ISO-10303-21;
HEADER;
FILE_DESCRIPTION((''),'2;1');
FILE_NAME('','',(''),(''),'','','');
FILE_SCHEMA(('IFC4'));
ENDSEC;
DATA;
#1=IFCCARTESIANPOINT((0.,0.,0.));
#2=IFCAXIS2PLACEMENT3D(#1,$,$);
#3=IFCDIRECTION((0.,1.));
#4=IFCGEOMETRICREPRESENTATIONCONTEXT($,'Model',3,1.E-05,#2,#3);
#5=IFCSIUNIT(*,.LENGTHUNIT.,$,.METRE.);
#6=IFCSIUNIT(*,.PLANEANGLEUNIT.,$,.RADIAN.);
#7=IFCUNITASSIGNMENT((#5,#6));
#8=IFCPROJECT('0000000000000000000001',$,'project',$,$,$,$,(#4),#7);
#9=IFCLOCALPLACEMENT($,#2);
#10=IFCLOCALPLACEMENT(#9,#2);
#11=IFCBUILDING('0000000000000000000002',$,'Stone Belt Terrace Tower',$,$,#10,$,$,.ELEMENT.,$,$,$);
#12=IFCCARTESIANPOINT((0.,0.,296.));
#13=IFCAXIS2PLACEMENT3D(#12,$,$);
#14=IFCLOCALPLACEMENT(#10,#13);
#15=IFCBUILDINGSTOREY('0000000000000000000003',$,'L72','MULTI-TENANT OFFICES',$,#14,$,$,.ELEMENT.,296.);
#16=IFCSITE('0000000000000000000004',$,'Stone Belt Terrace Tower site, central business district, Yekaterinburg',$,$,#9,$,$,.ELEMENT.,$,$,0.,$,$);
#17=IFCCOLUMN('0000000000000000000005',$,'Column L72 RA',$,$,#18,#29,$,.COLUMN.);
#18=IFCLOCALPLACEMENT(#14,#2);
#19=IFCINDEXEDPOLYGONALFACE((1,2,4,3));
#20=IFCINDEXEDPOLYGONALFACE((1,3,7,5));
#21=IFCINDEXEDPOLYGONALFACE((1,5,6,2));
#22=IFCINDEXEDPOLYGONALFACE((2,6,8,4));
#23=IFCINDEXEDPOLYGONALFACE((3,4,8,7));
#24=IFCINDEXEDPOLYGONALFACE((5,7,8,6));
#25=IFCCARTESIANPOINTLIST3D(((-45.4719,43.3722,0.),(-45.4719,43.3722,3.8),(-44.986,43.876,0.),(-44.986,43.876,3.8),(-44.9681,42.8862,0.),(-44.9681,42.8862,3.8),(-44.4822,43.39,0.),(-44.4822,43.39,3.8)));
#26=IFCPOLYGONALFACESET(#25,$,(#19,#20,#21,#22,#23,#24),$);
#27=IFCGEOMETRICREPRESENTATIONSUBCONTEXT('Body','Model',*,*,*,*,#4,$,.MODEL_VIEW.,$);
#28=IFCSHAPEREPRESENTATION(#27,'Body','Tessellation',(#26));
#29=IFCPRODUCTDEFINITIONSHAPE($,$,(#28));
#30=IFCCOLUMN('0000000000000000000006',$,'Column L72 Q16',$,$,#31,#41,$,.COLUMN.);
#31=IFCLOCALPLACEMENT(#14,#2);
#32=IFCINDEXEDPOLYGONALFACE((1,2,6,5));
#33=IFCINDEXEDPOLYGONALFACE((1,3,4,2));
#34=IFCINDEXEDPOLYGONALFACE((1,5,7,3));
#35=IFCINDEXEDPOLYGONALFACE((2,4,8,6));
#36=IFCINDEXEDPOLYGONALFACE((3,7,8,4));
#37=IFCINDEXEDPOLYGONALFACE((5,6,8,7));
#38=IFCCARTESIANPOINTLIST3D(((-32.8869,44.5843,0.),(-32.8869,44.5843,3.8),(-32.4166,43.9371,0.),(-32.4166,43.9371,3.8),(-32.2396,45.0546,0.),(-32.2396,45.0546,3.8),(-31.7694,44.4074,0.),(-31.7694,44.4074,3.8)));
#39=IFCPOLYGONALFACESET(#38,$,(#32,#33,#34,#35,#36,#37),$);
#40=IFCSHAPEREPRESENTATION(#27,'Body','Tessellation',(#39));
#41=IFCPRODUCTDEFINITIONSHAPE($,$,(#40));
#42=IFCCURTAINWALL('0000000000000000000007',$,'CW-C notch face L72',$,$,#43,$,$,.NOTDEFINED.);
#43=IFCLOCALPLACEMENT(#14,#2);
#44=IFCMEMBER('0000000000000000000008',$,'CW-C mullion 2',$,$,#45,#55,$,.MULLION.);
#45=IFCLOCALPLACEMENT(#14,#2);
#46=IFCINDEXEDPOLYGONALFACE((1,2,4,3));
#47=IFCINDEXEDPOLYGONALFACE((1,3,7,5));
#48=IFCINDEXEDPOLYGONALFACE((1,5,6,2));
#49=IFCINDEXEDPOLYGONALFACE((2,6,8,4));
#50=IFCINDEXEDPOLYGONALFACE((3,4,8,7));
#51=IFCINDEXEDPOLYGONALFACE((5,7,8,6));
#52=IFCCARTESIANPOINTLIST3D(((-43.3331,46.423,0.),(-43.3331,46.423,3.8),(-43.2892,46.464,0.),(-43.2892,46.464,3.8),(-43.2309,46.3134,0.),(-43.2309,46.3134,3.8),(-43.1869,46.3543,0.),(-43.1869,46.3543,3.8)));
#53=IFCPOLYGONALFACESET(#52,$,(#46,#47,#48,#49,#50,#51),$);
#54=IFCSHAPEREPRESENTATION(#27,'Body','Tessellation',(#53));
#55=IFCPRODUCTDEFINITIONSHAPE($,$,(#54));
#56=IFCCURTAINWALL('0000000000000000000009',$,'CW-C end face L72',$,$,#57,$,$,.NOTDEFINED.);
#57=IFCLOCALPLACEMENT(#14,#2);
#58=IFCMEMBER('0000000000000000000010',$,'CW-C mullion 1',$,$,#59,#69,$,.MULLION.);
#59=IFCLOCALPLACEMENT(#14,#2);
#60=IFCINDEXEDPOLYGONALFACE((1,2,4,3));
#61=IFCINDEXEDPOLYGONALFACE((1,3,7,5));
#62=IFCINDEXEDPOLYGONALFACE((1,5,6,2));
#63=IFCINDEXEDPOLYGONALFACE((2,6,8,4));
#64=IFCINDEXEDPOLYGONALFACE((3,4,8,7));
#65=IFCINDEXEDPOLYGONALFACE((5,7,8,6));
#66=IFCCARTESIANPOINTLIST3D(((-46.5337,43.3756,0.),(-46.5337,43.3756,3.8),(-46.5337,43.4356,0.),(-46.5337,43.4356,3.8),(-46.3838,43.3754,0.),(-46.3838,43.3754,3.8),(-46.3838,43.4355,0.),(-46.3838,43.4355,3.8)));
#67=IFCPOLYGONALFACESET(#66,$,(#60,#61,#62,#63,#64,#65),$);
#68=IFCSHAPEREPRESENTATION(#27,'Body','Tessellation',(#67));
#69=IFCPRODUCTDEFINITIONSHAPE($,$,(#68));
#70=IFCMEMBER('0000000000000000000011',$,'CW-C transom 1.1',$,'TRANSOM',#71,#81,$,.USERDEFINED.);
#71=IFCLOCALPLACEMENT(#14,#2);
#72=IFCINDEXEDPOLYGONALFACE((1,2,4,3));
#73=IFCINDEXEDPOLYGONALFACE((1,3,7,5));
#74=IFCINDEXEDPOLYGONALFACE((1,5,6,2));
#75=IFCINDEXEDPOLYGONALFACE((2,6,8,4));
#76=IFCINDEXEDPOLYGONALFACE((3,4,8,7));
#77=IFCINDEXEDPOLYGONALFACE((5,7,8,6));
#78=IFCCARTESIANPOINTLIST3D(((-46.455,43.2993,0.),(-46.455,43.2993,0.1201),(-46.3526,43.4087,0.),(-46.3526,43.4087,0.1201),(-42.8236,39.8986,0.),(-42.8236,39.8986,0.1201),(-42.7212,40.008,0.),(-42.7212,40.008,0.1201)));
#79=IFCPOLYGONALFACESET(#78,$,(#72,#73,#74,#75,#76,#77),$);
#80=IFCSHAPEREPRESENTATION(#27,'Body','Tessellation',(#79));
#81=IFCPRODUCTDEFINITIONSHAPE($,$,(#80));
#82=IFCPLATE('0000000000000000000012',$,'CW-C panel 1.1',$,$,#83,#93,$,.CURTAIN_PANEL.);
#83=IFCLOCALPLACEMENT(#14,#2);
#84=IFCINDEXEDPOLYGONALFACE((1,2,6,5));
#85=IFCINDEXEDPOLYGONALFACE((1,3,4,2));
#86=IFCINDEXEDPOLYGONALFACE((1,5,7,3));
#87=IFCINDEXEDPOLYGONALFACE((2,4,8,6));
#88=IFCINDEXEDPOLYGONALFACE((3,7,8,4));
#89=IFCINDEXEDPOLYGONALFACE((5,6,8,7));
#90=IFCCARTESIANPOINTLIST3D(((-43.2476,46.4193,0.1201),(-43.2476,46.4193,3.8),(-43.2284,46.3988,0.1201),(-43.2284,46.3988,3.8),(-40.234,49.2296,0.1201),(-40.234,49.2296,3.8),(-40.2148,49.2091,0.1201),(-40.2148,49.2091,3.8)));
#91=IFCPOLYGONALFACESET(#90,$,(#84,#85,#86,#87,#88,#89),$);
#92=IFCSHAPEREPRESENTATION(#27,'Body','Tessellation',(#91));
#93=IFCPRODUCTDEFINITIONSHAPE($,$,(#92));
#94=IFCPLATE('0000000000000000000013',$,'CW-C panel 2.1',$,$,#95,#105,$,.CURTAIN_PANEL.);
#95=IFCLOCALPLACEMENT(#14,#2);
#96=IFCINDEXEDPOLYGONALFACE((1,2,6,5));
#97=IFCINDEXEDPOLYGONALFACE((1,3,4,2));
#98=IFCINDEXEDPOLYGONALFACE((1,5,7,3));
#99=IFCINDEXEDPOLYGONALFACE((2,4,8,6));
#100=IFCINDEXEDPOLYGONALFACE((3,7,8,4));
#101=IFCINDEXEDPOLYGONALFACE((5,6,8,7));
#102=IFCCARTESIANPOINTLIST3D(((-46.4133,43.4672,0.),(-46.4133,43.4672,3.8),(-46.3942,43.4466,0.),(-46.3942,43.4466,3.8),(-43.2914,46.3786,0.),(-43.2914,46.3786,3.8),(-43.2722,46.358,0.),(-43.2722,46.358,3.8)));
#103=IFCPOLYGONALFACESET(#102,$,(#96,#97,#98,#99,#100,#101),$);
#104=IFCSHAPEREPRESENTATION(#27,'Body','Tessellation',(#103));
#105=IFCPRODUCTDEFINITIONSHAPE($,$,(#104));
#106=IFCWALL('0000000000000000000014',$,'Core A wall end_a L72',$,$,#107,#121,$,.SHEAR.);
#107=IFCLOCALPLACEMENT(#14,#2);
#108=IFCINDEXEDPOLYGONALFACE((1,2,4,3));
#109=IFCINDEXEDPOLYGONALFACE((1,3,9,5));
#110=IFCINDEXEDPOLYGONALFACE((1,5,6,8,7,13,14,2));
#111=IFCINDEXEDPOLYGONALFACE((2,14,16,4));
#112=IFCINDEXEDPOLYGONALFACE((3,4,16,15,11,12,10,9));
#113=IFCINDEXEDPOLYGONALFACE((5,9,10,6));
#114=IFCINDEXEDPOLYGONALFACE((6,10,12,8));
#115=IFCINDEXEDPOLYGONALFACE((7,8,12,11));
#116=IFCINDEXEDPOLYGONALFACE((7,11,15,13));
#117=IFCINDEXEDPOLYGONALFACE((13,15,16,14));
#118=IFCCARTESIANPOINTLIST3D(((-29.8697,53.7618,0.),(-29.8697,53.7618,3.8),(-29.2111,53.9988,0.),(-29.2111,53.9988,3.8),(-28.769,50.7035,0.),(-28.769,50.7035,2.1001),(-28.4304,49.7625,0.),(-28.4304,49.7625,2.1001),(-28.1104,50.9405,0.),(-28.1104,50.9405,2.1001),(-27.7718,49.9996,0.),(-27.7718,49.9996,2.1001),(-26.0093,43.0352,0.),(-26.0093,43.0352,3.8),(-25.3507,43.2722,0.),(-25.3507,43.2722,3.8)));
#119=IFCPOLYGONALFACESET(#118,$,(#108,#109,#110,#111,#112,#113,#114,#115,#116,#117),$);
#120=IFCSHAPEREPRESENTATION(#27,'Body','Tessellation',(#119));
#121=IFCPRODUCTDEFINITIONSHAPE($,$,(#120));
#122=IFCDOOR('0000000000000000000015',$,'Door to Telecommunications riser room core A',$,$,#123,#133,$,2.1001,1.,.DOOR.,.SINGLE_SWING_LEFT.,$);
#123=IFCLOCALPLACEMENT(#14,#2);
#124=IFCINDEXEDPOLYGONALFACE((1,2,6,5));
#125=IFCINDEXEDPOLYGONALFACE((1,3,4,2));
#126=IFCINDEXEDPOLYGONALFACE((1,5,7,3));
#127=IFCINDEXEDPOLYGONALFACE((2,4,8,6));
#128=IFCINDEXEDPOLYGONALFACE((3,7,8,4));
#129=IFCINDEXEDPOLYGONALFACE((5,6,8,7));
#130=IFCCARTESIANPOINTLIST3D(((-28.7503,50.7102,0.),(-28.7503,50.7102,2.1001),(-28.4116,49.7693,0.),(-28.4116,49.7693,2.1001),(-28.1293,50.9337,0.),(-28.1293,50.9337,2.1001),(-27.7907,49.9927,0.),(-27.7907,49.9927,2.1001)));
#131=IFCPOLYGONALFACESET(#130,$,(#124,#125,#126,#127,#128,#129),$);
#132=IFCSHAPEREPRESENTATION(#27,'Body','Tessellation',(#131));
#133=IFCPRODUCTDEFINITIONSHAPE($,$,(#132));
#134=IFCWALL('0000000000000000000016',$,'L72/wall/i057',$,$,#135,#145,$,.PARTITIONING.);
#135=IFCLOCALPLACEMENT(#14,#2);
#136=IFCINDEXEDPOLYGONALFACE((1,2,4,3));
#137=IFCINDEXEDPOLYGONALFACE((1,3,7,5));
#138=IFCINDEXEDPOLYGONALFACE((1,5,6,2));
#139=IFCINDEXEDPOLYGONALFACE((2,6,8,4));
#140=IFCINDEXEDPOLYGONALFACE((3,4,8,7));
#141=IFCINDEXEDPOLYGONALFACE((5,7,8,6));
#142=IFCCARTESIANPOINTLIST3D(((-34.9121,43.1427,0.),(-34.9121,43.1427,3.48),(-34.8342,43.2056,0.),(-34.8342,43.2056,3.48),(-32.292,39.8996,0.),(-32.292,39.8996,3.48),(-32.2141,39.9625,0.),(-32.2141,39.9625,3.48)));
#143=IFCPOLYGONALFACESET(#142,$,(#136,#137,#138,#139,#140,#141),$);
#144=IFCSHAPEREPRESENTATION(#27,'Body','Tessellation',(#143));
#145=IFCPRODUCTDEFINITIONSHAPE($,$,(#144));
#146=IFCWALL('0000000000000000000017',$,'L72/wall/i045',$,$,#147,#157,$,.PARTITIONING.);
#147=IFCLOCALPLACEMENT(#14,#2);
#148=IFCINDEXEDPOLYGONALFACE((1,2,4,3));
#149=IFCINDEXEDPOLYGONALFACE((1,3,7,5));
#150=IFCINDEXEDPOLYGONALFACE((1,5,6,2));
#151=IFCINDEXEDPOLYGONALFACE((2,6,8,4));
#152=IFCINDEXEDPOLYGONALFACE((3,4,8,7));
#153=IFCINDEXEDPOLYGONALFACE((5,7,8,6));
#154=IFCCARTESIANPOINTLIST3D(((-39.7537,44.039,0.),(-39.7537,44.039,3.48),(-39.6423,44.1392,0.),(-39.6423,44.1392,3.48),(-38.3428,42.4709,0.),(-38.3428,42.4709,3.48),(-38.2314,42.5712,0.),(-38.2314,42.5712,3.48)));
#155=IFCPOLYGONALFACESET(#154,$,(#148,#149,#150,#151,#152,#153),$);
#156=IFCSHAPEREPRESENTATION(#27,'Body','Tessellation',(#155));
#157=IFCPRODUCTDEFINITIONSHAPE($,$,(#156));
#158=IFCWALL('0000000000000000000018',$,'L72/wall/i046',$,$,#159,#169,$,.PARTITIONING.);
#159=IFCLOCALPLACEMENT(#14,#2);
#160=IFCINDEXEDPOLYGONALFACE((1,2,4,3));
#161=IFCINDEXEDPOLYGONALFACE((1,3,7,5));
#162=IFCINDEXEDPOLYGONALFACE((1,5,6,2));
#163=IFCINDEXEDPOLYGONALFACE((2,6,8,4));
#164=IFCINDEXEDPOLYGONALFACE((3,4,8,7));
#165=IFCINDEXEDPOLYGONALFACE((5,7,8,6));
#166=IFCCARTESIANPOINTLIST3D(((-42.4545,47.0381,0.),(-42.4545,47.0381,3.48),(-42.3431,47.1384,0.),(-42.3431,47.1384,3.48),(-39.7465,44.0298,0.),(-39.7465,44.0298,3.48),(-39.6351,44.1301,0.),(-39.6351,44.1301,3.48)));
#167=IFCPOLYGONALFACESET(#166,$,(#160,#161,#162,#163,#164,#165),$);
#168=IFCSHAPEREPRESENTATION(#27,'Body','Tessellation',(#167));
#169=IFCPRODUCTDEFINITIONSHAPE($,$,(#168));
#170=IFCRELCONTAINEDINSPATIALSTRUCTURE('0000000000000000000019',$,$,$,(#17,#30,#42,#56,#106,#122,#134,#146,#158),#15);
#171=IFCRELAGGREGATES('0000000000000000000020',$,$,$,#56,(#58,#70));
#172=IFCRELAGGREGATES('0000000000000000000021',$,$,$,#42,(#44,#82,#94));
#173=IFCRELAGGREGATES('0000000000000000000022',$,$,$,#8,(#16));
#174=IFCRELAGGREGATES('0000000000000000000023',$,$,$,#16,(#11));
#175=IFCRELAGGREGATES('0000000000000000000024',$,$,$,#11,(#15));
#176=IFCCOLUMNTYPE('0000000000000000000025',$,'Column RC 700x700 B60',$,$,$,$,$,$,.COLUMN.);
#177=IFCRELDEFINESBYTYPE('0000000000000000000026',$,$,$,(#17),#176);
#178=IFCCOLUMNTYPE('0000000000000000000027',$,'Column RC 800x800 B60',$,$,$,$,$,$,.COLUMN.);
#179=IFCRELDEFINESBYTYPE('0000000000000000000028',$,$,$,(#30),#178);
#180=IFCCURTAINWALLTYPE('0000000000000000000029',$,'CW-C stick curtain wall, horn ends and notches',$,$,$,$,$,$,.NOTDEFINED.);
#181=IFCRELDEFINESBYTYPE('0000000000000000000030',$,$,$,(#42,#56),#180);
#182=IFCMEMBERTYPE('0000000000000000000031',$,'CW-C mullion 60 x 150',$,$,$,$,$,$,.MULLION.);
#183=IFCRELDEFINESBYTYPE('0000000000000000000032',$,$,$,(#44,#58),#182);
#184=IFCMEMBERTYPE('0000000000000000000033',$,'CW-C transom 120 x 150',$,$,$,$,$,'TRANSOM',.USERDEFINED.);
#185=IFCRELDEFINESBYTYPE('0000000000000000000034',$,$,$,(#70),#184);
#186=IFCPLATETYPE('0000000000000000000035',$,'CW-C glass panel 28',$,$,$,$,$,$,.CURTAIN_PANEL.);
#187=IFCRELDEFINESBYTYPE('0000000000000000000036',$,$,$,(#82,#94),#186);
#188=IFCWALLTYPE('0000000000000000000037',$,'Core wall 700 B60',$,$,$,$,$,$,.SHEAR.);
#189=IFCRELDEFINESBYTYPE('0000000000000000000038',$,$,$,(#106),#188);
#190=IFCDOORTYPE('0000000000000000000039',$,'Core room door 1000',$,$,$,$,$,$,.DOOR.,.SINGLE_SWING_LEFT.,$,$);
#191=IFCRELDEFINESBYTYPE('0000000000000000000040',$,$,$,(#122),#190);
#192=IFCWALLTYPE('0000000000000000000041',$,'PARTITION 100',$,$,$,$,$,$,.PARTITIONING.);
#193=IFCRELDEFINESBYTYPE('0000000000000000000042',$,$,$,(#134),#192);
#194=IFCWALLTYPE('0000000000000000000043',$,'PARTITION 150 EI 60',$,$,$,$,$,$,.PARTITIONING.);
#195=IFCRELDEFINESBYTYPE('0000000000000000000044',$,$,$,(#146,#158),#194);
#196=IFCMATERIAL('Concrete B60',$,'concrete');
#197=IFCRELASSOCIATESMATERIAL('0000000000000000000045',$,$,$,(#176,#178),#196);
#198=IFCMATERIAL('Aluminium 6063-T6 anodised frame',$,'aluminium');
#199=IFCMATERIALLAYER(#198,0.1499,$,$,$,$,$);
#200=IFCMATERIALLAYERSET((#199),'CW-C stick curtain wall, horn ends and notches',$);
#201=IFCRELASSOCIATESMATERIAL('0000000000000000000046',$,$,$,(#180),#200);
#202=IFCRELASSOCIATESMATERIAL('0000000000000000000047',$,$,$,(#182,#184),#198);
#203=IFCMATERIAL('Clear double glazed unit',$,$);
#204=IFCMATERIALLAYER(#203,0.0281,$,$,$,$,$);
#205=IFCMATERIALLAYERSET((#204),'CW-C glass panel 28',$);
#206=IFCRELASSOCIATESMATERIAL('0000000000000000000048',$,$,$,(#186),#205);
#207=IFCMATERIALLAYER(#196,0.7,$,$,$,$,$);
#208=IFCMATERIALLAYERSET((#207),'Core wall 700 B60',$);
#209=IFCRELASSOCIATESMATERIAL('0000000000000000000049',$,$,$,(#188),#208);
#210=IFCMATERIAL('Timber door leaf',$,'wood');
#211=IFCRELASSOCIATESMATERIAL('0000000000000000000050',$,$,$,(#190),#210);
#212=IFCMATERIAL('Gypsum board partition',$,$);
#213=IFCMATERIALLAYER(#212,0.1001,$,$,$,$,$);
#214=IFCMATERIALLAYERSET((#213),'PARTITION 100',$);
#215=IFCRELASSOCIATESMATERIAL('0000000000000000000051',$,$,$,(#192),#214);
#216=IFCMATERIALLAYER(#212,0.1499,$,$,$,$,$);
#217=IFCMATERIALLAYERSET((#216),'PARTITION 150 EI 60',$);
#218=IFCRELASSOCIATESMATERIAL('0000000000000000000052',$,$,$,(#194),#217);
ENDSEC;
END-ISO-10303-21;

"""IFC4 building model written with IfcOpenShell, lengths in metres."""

from ifc_helpers import new_model, si_unit, direction, frame, frame_2d, origin, origin_2d, place, context, subcontext, project, spatial, rectangle, extrude, material, layer, layer_set, material_profile, profile_set, type_object, element, fill, aggregate, save


model = new_model("IFC4")

# Units and contexts
model_context = context("Model", 3, precision=1e-05, world=origin(), true_north=direction((0.0, 1.0)))
body_context = subcontext(model_context, "Body", "Model", "MODEL_VIEW")
ifc_project = project(units=[si_unit("LENGTHUNIT", "METRE"), si_unit("PLANEANGLEUNIT", "RADIAN")], contexts=[model_context])

# Site, building, storey
site_placement = place(None, origin())
site = spatial("IfcSite", under=ifc_project, at=site_placement, Name="Stone Belt Terrace Tower site, central business district, Yekaterinburg", CompositionType="ELEMENT", RefElevation=0.0)
building_placement = place(site_placement, origin())
building = spatial("IfcBuilding", under=site, at=building_placement, Name="Stone Belt Terrace Tower", CompositionType="ELEMENT")
storey_placement = place(building_placement, frame((0.0, 0.0, 296.0)))
storey = spatial("IfcBuildingStorey", under=building, at=storey_placement, Name="L72", Description="MULTI-TENANT OFFICES", CompositionType="ELEMENT", Elevation=296.0)

# Columns
ifc_material_1 = material(Name="Concrete B60", Category="concrete")
ifc_material_profile_1 = material_profile(ifc_material_1, rectangle(XDim=0.7, YDim=0.7, at=origin_2d()), Name="RC 700x700")
ifc_profile_set_1 = profile_set([ifc_material_profile_1], Name="Concrete B60")
column_type_1 = type_object("IfcColumnType", Name="Column RC 700x700 B60", PredefinedType="COLUMN", material=ifc_profile_set_1)
column_1_placement = place(storey_placement, frame((-44.9771, 43.3811, 0.0), z_axis=(0.0, 0.0, 1.0), x_axis=(0.694221, 0.719762, 0.0)))
element("IfcColumn", 1, at=column_1_placement, inside=storey, type_object=column_type_1, Name="Column L72 RA", PredefinedType="COLUMN", context=body_context, shape_type="SweptSolid", body=[
    extrude(rectangle(XDim=0.7, YDim=0.7, at=origin_2d()), origin(), (0.0, 0.0, 1.0), 3.8),
])
ifc_material_profile_2 = material_profile(ifc_material_1, rectangle(XDim=0.8, YDim=0.8, at=origin_2d()), Name="RC 800x800")
ifc_profile_set_2 = profile_set([ifc_material_profile_2], Name="Concrete B60")
column_type_2 = type_object("IfcColumnType", Name="Column RC 800x800 B60", PredefinedType="COLUMN", material=ifc_profile_set_2)
column_2_placement = place(storey_placement, frame((-32.3281, 44.4958, 0.0), z_axis=(0.0, 0.0, 1.0), x_axis=(0.809017, 0.587785, 0.0)))
element("IfcColumn", 2, at=column_2_placement, inside=storey, type_object=column_type_2, Name="Column L72 Q16", PredefinedType="COLUMN", context=body_context, shape_type="SweptSolid", body=[
    extrude(rectangle(XDim=0.8, YDim=0.8, at=origin_2d()), origin(), (0.0, 0.0, 1.0), 3.8),
])

# Curtain wall, member
ifc_material_2 = material(Name="Aluminium 6063-T6 anodised frame", Category="aluminium")
ifc_layer_1 = layer(ifc_material_2, 0.1499)
ifc_layer_set_1 = layer_set([ifc_layer_1], Name="CW-C stick curtain wall, horn ends and notches")
curtain_wall_type = type_object("IfcCurtainWallType", Name="CW-C stick curtain wall, horn ends and notches", PredefinedType="NOTDEFINED", material=ifc_layer_set_1)
curtain_wall_1_placement = place(storey_placement, origin())
curtain_wall_1 = element("IfcCurtainWall", 3, at=curtain_wall_1_placement, inside=storey, type_object=curtain_wall_type, Name="CW-C notch face L72", PredefinedType="NOTDEFINED")
ifc_material_profile_3 = material_profile(ifc_material_2, rectangle(XDim=0.1499, YDim=0.0601, at=origin_2d()), Name="Aluminium 6063-T6 60x150")
ifc_profile_set_3 = profile_set([ifc_material_profile_3], Name="Aluminium 6063-T6 anodised frame")
member_type_1 = type_object("IfcMemberType", Name="CW-C mullion 60 x 150", PredefinedType="MULLION", material=ifc_profile_set_3)
member_1_placement = place(storey_placement, frame((-43.26, 46.3887, 0.0), z_axis=(0.0, 0.0, 1.0), x_axis=(0.682014, -0.731339, 0.0)))
member_1 = element("IfcMember", 4, at=member_1_placement, type_object=member_type_1, Name="CW-C mullion 2", PredefinedType="MULLION", context=body_context, shape_type="SweptSolid", body=[
    extrude(rectangle(XDim=0.1499, YDim=0.0601, at=origin_2d()), origin(), (0.0, 0.0, 1.0), 3.8),
])

# Curtain wall, members
curtain_wall_2_placement = place(storey_placement, origin())
curtain_wall_2 = element("IfcCurtainWall", 5, at=curtain_wall_2_placement, inside=storey, type_object=curtain_wall_type, Name="CW-C end face L72", PredefinedType="NOTDEFINED")
member_2_placement = place(storey_placement, frame((-46.4587, 43.4055, 0.0), z_axis=(0.0, 0.0, 1.0), x_axis=(0.999999, -0.001051, 0.0)))
member_2 = element("IfcMember", 6, at=member_2_placement, type_object=member_type_1, Name="CW-C mullion 1", PredefinedType="MULLION", context=body_context, shape_type="SweptSolid", body=[
    extrude(rectangle(XDim=0.1499, YDim=0.0601, at=origin_2d()), origin(), (0.0, 0.0, 1.0), 3.8),
])
ifc_material_profile_4 = material_profile(ifc_material_2, rectangle(XDim=0.1499, YDim=0.1201, at=origin_2d()), Name="Aluminium 6063-T6 150x120")
ifc_profile_set_4 = profile_set([ifc_material_profile_4], Name="Aluminium 6063-T6 anodised frame")
member_type_2 = type_object("IfcMemberType", Name="CW-C transom 120 x 150", ElementType="TRANSOM", PredefinedType="USERDEFINED", material=ifc_profile_set_4)
member_3_placement = place(storey_placement, frame((-46.4038, 43.354, 0.0601), z_axis=(0.729914, -0.683539, 0.0), x_axis=(0.683539, 0.729914, 0.0)))
member_3 = element("IfcMember", 7, at=member_3_placement, type_object=member_type_2, Name="CW-C transom 1.1", ObjectType="TRANSOM", PredefinedType="USERDEFINED", context=body_context, shape_type="SweptSolid", body=[
    extrude(rectangle(XDim=0.1499, YDim=0.1201, at=origin_2d()), origin(), (0.0, 0.0, 1.0), 4.9751),
])
aggregate(curtain_wall_2, [member_2, member_3])

# Plates
ifc_material_3 = material(Name="Clear double glazed unit")
ifc_layer_2 = layer(ifc_material_3, 0.0281)
ifc_layer_set_2 = layer_set([ifc_layer_2], Name="CW-C glass panel 28")
plate_type = type_object("IfcPlateType", Name="CW-C glass panel 28", PredefinedType="CURTAIN_PANEL", material=ifc_layer_set_2)
plate_1_placement = place(storey_placement, frame((-41.7312, 47.8142, 0.1201), z_axis=(0.0, 0.0, 1.0), x_axis=(-0.731339, -0.682014, 0.0)))
plate_1 = element("IfcPlate", 8, at=plate_1_placement, type_object=plate_type, Name="CW-C panel 1.1", PredefinedType="CURTAIN_PANEL", context=body_context, shape_type="SweptSolid", body=[
    extrude(rectangle(XDim=4.1206, YDim=0.0281, at=origin_2d()), origin(), (0.0, 0.0, 1.0), 3.6799),
])
plate_2_placement = place(storey_placement, frame((-44.8428, 44.9126, 0.0), z_axis=(0.0, 0.0, 1.0), x_axis=(-0.731339, -0.682014, 0.0)))
plate_2 = element("IfcPlate", 9, at=plate_2_placement, type_object=plate_type, Name="CW-C panel 2.1", PredefinedType="CURTAIN_PANEL", context=body_context, shape_type="SweptSolid", body=[
    extrude(rectangle(XDim=4.2688, YDim=0.0281, at=origin_2d()), origin(), (0.0, 0.0, 1.0), 3.8),
])
aggregate(curtain_wall_1, [member_1, plate_1, plate_2])

# Wall, opening, door
ifc_layer_3 = layer(ifc_material_1, 0.7)
ifc_layer_set_3 = layer_set([ifc_layer_3], Name="Core wall 700 B60")
wall_type_1 = type_object("IfcWallType", Name="Core wall 700 B60", PredefinedType="SHEAR", material=ifc_layer_set_3)
wall_1_placement = place(storey_placement, frame((-25.6799, 43.1536, 0.0), z_axis=(0.0, 0.0, 1.0), x_axis=(-0.338625, 0.940921, 0.0)))
wall_1 = element("IfcWall", 10, at=wall_1_placement, inside=storey, type_object=wall_type_1, Name="Core A wall end_a L72", PredefinedType="SHEAR", context=body_context, shape_type="SweptSolid", body=[
    extrude(rectangle(XDim=11.4001, YDim=0.7, at=frame_2d((5.7002, 0.0))), origin(), (0.0, 0.0, 1.0), 3.8),
])
opening_1_placement = place(wall_1_placement, frame((7.1499, 0.0, 0.0)))
opening_1 = element("IfcOpeningElement", 11, at=opening_1_placement, cuts=wall_1, PredefinedType="OPENING", context=body_context, shape_type="SweptSolid", body=[
    extrude(rectangle(XDim=1.0, YDim=2.1001, at=frame_2d((0.5, 1.05))), frame((0.0, 0.3599, 0.0), z_axis=(0.0, -1.0, 0.0), x_axis=(1.0, 0.0, 0.0)), (0.0, 0.0, 1.0), 0.72),
])
ifc_material_4 = material(Name="Timber door leaf", Category="wood")
door_type_1 = type_object("IfcDoorType", Name="Core room door 1000", OperationType="SINGLE_SWING_LEFT", PredefinedType="DOOR", material=ifc_material_4)
door_1_placement = place(opening_1_placement, origin())
door_1 = element("IfcDoor", 12, at=door_1_placement, inside=storey, type_object=door_type_1, Name="Door to Telecommunications riser room core A", OperationType="SINGLE_SWING_LEFT", OverallHeight=2.1001, OverallWidth=1.0, PredefinedType="DOOR", context=body_context, shape_type="SweptSolid", body=[
    extrude(rectangle(XDim=1.0, YDim=2.1001, at=frame_2d((0.5, 1.05))), frame((0.0, 0.3301, 0.0), z_axis=(0.0, -1.0, 0.0), x_axis=(1.0, 0.0, 0.0)), (0.0, 0.0, 1.0), 0.6599),
])
fill(opening_1, door_1)

# Walls
ifc_material_5 = material(Name="Gypsum board partition")
ifc_layer_4 = layer(ifc_material_5, 0.1001)
ifc_layer_set_4 = layer_set([ifc_layer_4], Name="PARTITION 100")
wall_type_2 = type_object("IfcWallType", Name="PARTITION 100", PredefinedType="PARTITIONING", material=ifc_layer_set_4)
wall_2_placement = place(storey_placement, frame((-34.873, 43.1741, 0.0), z_axis=(0.0, 0.0, 1.0), x_axis=(0.62843, -0.777866, 0.0)))
element("IfcWall", 13, at=wall_2_placement, inside=storey, type_object=wall_type_2, Name="L72/wall/i057", PredefinedType="PARTITIONING", context=body_context, shape_type="SweptSolid", body=[
    extrude(rectangle(XDim=4.1692, YDim=0.1001, at=frame_2d((2.0845, 0.0))), origin(), (0.0, 0.0, 1.0), 3.48),
])
ifc_layer_5 = layer(ifc_material_5, 0.1499)
ifc_layer_set_5 = layer_set([ifc_layer_5], Name="PARTITION 150 EI 60")
wall_type_3 = type_object("IfcWallType", Name="PARTITION 150 EI 60", PredefinedType="PARTITIONING", material=ifc_layer_set_5)
wall_3_placement = place(storey_placement, frame((-39.698, 44.0891, 0.0), z_axis=(0.0, 0.0, 1.0), x_axis=(0.668856, -0.743392, 0.0)))
element("IfcWall", 14, at=wall_3_placement, inside=storey, type_object=wall_type_3, Name="L72/wall/i045", PredefinedType="PARTITIONING", context=body_context, shape_type="SweptSolid", body=[
    extrude(rectangle(XDim=2.1094, YDim=0.1499, at=frame_2d((1.0547, 0.0))), origin(), (0.0, 0.0, 1.0), 3.48),
])
wall_4_placement = place(storey_placement, frame((-42.3989, 47.0884, 0.0), z_axis=(0.0, 0.0, 1.0), x_axis=(0.669038, -0.743228, 0.0)))
element("IfcWall", 15, at=wall_4_placement, inside=storey, type_object=wall_type_3, Name="L72/wall/i046", PredefinedType="PARTITIONING", context=body_context, shape_type="SweptSolid", body=[
    extrude(rectangle(XDim=4.0476, YDim=0.1499, at=frame_2d((2.0239, 0.0))), origin(), (0.0, 0.0, 1.0), 3.48),
])

save(model, "model.ifc")
